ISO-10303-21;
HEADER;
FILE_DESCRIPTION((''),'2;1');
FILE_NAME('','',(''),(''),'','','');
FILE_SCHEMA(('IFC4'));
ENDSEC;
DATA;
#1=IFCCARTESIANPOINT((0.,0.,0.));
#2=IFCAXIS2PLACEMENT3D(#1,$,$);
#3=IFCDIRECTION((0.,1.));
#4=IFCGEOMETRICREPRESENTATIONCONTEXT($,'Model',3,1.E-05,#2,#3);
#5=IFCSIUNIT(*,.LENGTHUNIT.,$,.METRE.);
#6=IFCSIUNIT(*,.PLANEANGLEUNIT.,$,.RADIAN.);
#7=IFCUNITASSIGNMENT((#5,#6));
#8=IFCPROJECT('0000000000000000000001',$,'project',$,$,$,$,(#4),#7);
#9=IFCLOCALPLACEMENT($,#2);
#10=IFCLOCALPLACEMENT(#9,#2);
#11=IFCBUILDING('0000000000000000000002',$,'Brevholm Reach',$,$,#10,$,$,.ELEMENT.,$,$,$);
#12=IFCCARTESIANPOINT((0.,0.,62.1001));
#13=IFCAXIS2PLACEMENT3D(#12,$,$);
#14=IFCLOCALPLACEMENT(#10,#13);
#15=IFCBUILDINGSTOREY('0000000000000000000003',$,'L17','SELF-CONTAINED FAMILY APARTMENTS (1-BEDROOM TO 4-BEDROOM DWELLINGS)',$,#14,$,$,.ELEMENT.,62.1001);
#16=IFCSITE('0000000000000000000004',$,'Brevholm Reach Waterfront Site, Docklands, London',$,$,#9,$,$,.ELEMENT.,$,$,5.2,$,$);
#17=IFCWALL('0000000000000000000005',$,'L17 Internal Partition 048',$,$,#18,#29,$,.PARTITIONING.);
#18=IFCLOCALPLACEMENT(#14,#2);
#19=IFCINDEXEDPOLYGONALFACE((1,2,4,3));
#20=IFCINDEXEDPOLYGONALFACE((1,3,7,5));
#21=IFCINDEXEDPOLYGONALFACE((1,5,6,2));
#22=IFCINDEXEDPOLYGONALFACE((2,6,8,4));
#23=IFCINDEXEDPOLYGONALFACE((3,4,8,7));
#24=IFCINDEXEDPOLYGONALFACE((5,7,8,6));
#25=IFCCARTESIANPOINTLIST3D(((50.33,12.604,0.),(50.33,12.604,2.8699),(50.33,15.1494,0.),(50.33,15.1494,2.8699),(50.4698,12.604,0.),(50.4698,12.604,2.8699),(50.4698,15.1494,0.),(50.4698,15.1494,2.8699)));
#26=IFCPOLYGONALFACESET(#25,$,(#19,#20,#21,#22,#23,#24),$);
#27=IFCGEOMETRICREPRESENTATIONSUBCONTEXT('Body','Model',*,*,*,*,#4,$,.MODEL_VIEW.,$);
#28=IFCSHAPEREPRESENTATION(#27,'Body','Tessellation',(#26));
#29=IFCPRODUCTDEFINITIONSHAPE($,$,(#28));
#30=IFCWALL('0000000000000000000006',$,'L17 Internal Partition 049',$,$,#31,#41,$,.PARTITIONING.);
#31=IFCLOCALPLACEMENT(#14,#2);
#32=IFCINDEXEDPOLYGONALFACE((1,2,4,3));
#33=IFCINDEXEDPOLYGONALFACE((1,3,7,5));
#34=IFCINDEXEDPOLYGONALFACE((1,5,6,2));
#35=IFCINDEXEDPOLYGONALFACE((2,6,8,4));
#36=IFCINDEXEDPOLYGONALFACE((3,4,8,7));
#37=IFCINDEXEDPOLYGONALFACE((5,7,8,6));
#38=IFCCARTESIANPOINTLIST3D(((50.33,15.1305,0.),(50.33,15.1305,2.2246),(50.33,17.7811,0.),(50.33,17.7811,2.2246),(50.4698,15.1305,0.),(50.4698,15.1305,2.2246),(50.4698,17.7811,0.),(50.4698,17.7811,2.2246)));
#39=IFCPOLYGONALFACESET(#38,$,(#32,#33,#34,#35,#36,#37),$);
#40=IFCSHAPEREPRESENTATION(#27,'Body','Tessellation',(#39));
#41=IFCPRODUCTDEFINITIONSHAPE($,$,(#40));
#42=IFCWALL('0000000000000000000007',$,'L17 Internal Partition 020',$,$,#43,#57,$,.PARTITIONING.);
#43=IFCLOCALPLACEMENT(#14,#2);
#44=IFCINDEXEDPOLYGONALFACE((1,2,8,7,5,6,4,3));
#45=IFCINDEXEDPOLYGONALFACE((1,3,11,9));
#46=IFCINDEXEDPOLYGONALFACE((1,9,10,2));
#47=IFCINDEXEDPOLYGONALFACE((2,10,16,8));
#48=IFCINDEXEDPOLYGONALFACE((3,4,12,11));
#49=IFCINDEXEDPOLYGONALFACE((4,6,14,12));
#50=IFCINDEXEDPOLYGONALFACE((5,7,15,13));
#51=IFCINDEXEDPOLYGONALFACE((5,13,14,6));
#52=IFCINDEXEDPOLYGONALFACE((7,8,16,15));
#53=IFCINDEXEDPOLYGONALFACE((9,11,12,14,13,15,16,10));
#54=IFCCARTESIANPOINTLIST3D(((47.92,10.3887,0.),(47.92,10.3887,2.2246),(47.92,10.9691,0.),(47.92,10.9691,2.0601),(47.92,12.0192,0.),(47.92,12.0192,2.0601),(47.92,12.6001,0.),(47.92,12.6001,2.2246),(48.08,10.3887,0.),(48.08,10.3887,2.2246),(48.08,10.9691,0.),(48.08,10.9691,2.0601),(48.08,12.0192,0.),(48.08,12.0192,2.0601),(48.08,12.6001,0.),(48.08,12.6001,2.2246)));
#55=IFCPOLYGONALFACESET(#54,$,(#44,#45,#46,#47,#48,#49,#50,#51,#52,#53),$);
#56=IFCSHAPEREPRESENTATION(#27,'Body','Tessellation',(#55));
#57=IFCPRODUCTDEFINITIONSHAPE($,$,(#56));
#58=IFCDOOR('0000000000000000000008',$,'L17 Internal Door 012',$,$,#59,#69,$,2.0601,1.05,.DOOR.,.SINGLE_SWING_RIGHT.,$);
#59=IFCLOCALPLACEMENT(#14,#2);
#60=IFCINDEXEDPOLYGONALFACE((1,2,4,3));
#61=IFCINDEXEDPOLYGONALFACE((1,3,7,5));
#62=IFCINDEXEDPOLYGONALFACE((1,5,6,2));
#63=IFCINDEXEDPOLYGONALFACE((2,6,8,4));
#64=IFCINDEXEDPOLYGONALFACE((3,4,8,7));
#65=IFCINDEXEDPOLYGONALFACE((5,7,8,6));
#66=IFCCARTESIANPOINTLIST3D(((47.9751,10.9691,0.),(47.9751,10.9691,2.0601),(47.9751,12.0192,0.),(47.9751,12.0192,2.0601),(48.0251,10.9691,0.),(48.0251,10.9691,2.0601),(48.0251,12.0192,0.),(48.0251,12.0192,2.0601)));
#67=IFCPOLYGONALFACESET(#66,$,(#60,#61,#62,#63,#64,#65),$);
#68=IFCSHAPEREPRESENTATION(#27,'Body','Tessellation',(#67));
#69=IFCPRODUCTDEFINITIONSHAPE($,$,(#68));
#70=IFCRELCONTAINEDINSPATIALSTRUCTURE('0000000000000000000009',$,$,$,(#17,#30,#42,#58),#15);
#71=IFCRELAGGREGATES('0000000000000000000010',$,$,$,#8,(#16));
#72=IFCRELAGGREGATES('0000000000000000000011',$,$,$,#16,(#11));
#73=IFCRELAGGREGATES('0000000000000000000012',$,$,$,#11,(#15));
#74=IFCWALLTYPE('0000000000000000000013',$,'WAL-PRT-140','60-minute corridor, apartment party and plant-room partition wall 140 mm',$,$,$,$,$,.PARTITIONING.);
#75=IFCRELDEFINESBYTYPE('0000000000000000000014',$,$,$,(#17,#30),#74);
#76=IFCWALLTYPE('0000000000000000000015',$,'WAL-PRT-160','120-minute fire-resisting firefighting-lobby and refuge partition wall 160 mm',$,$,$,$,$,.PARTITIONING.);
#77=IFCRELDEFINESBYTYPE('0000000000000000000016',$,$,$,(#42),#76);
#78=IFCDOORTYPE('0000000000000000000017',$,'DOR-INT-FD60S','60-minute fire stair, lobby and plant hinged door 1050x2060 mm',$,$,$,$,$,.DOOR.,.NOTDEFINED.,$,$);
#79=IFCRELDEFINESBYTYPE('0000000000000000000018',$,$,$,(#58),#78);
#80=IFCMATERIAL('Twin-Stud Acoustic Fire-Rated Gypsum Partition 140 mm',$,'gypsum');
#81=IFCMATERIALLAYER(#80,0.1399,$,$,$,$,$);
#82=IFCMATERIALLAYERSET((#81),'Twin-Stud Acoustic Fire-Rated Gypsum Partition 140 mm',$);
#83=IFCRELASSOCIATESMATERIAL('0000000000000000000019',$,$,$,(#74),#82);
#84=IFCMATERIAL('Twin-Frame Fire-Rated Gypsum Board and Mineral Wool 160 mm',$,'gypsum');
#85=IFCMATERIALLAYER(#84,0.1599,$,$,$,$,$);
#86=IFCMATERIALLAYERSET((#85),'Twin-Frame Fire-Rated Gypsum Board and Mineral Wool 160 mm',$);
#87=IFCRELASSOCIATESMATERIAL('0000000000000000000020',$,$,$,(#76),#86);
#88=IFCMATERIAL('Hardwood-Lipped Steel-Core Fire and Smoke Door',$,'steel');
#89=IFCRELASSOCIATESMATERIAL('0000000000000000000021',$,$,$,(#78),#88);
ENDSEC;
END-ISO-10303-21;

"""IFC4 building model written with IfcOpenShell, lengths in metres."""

from ifc_helpers import new_model, si_unit, direction, frame, frame_2d, origin, place, context, subcontext, project, spatial, rectangle, extrude, material, layer, layer_set, type_object, element, fill, save


model = new_model("IFC4")

# Units and contexts
model_context = context("Model", 3, precision=1e-05, world=origin(), true_north=direction((0.0, 1.0)))
body_context = subcontext(model_context, "Body", "Model", "MODEL_VIEW")
ifc_project = project(units=[si_unit("LENGTHUNIT", "METRE"), si_unit("PLANEANGLEUNIT", "RADIAN")], contexts=[model_context])

# Site, building, storey
site_placement = place(None, origin())
site = spatial("IfcSite", under=ifc_project, at=site_placement, Name="Brevholm Reach Waterfront Site, Docklands, London", CompositionType="ELEMENT", RefElevation=5.2)
building_placement = place(site_placement, origin())
building = spatial("IfcBuilding", under=site, at=building_placement, Name="Brevholm Reach", CompositionType="ELEMENT")
storey_placement = place(building_placement, frame((0.0, 0.0, 62.1001)))
storey = spatial("IfcBuildingStorey", under=building, at=storey_placement, Name="L17", Description="SELF-CONTAINED FAMILY APARTMENTS (1-BEDROOM TO 4-BEDROOM DWELLINGS)", CompositionType="ELEMENT", Elevation=62.1001)

# Shared definitions
ifc_material_1 = material(Name="Twin-Stud Acoustic Fire-Rated Gypsum Partition 140 mm", Category="gypsum")
ifc_layer_1 = layer(ifc_material_1, 0.1399)
ifc_layer_set_1 = layer_set([ifc_layer_1], Name="Twin-Stud Acoustic Fire-Rated Gypsum Partition 140 mm")
wall_type_1 = type_object("IfcWallType", Name="WAL-PRT-140", Description="60-minute corridor, apartment party and plant-room partition wall 140 mm", PredefinedType="PARTITIONING", material=ifc_layer_set_1)

# Walls
wall_1_placement = place(storey_placement, frame((50.3999, 12.604, 0.0), z_axis=(0.0, 0.0, 1.0), x_axis=(0.0, 1.0, 0.0)))
element("IfcWall", 1, at=wall_1_placement, inside=storey, type_object=wall_type_1, Name="L17 Internal Partition 048", PredefinedType="PARTITIONING", context=body_context, shape_type="SweptSolid", body=[
    extrude(rectangle(XDim=2.5454, YDim=0.1399, at=frame_2d((1.2727, 0.0))), origin(), (0.0, 0.0, 1.0), 2.8699),
])
wall_2_placement = place(storey_placement, frame((50.3999, 15.1306, 0.0), z_axis=(0.0, 0.0, 1.0), x_axis=(0.0, 1.0, 0.0)))
element("IfcWall", 2, at=wall_2_placement, inside=storey, type_object=wall_type_1, Name="L17 Internal Partition 049", PredefinedType="PARTITIONING", context=body_context, shape_type="SweptSolid", body=[
    extrude(rectangle(XDim=2.6506, YDim=0.1399, at=frame_2d((1.3252, 0.0))), origin(), (0.0, 0.0, 1.0), 2.2246),
])

# Wall, opening, door
ifc_material_2 = material(Name="Twin-Frame Fire-Rated Gypsum Board and Mineral Wool 160 mm", Category="gypsum")
ifc_layer_2 = layer(ifc_material_2, 0.1599)
ifc_layer_set_2 = layer_set([ifc_layer_2], Name="Twin-Frame Fire-Rated Gypsum Board and Mineral Wool 160 mm")
wall_type_2 = type_object("IfcWallType", Name="WAL-PRT-160", Description="120-minute fire-resisting firefighting-lobby and refuge partition wall 160 mm", PredefinedType="PARTITIONING", material=ifc_layer_set_2)
wall_3_placement = place(storey_placement, frame((48.0, 10.3887, 0.0), z_axis=(0.0, 0.0, 1.0), x_axis=(0.0, 1.0, 0.0)))
wall_3 = element("IfcWall", 3, at=wall_3_placement, inside=storey, type_object=wall_type_2, Name="L17 Internal Partition 020", PredefinedType="PARTITIONING", context=body_context, shape_type="SweptSolid", body=[
    extrude(rectangle(XDim=2.2114, YDim=0.1599, at=frame_2d((1.1057, 0.0))), origin(), (0.0, 0.0, 1.0), 2.2246),
])
opening_1_placement = place(wall_3_placement, frame((0.5806, 0.0, 0.0)))
opening_1 = element("IfcOpeningElement", 4, at=opening_1_placement, cuts=wall_3, PredefinedType="OPENING", context=body_context, shape_type="SweptSolid", body=[
    extrude(rectangle(XDim=1.05, YDim=2.0601, at=frame_2d((0.5249, 1.03))), frame((0.0, 0.0898, 0.0), z_axis=(0.0, -1.0, 0.0), x_axis=(1.0, 0.0, 0.0)), (0.0, 0.0, 1.0), 0.1799),
])
ifc_material_3 = material(Name="Hardwood-Lipped Steel-Core Fire and Smoke Door", Category="steel")
door_type_1 = type_object("IfcDoorType", Name="DOR-INT-FD60S", Description="60-minute fire stair, lobby and plant hinged door 1050x2060 mm", OperationType="NOTDEFINED", PredefinedType="DOOR", material=ifc_material_3)
door_1_placement = place(opening_1_placement, origin())
door_1 = element("IfcDoor", 5, at=door_1_placement, inside=storey, type_object=door_type_1, Name="L17 Internal Door 012", OperationType="SINGLE_SWING_RIGHT", OverallHeight=2.0601, OverallWidth=1.05, PredefinedType="DOOR", context=body_context, shape_type="SweptSolid", body=[
    extrude(rectangle(XDim=1.05, YDim=2.0601, at=frame_2d((0.5249, 1.03))), frame((0.0, 0.0249, 0.0), z_axis=(0.0, -1.0, 0.0), x_axis=(1.0, 0.0, 0.0)), (0.0, 0.0, 1.0), 0.05),
])
fill(opening_1, door_1)

save(model, "model.ifc")
